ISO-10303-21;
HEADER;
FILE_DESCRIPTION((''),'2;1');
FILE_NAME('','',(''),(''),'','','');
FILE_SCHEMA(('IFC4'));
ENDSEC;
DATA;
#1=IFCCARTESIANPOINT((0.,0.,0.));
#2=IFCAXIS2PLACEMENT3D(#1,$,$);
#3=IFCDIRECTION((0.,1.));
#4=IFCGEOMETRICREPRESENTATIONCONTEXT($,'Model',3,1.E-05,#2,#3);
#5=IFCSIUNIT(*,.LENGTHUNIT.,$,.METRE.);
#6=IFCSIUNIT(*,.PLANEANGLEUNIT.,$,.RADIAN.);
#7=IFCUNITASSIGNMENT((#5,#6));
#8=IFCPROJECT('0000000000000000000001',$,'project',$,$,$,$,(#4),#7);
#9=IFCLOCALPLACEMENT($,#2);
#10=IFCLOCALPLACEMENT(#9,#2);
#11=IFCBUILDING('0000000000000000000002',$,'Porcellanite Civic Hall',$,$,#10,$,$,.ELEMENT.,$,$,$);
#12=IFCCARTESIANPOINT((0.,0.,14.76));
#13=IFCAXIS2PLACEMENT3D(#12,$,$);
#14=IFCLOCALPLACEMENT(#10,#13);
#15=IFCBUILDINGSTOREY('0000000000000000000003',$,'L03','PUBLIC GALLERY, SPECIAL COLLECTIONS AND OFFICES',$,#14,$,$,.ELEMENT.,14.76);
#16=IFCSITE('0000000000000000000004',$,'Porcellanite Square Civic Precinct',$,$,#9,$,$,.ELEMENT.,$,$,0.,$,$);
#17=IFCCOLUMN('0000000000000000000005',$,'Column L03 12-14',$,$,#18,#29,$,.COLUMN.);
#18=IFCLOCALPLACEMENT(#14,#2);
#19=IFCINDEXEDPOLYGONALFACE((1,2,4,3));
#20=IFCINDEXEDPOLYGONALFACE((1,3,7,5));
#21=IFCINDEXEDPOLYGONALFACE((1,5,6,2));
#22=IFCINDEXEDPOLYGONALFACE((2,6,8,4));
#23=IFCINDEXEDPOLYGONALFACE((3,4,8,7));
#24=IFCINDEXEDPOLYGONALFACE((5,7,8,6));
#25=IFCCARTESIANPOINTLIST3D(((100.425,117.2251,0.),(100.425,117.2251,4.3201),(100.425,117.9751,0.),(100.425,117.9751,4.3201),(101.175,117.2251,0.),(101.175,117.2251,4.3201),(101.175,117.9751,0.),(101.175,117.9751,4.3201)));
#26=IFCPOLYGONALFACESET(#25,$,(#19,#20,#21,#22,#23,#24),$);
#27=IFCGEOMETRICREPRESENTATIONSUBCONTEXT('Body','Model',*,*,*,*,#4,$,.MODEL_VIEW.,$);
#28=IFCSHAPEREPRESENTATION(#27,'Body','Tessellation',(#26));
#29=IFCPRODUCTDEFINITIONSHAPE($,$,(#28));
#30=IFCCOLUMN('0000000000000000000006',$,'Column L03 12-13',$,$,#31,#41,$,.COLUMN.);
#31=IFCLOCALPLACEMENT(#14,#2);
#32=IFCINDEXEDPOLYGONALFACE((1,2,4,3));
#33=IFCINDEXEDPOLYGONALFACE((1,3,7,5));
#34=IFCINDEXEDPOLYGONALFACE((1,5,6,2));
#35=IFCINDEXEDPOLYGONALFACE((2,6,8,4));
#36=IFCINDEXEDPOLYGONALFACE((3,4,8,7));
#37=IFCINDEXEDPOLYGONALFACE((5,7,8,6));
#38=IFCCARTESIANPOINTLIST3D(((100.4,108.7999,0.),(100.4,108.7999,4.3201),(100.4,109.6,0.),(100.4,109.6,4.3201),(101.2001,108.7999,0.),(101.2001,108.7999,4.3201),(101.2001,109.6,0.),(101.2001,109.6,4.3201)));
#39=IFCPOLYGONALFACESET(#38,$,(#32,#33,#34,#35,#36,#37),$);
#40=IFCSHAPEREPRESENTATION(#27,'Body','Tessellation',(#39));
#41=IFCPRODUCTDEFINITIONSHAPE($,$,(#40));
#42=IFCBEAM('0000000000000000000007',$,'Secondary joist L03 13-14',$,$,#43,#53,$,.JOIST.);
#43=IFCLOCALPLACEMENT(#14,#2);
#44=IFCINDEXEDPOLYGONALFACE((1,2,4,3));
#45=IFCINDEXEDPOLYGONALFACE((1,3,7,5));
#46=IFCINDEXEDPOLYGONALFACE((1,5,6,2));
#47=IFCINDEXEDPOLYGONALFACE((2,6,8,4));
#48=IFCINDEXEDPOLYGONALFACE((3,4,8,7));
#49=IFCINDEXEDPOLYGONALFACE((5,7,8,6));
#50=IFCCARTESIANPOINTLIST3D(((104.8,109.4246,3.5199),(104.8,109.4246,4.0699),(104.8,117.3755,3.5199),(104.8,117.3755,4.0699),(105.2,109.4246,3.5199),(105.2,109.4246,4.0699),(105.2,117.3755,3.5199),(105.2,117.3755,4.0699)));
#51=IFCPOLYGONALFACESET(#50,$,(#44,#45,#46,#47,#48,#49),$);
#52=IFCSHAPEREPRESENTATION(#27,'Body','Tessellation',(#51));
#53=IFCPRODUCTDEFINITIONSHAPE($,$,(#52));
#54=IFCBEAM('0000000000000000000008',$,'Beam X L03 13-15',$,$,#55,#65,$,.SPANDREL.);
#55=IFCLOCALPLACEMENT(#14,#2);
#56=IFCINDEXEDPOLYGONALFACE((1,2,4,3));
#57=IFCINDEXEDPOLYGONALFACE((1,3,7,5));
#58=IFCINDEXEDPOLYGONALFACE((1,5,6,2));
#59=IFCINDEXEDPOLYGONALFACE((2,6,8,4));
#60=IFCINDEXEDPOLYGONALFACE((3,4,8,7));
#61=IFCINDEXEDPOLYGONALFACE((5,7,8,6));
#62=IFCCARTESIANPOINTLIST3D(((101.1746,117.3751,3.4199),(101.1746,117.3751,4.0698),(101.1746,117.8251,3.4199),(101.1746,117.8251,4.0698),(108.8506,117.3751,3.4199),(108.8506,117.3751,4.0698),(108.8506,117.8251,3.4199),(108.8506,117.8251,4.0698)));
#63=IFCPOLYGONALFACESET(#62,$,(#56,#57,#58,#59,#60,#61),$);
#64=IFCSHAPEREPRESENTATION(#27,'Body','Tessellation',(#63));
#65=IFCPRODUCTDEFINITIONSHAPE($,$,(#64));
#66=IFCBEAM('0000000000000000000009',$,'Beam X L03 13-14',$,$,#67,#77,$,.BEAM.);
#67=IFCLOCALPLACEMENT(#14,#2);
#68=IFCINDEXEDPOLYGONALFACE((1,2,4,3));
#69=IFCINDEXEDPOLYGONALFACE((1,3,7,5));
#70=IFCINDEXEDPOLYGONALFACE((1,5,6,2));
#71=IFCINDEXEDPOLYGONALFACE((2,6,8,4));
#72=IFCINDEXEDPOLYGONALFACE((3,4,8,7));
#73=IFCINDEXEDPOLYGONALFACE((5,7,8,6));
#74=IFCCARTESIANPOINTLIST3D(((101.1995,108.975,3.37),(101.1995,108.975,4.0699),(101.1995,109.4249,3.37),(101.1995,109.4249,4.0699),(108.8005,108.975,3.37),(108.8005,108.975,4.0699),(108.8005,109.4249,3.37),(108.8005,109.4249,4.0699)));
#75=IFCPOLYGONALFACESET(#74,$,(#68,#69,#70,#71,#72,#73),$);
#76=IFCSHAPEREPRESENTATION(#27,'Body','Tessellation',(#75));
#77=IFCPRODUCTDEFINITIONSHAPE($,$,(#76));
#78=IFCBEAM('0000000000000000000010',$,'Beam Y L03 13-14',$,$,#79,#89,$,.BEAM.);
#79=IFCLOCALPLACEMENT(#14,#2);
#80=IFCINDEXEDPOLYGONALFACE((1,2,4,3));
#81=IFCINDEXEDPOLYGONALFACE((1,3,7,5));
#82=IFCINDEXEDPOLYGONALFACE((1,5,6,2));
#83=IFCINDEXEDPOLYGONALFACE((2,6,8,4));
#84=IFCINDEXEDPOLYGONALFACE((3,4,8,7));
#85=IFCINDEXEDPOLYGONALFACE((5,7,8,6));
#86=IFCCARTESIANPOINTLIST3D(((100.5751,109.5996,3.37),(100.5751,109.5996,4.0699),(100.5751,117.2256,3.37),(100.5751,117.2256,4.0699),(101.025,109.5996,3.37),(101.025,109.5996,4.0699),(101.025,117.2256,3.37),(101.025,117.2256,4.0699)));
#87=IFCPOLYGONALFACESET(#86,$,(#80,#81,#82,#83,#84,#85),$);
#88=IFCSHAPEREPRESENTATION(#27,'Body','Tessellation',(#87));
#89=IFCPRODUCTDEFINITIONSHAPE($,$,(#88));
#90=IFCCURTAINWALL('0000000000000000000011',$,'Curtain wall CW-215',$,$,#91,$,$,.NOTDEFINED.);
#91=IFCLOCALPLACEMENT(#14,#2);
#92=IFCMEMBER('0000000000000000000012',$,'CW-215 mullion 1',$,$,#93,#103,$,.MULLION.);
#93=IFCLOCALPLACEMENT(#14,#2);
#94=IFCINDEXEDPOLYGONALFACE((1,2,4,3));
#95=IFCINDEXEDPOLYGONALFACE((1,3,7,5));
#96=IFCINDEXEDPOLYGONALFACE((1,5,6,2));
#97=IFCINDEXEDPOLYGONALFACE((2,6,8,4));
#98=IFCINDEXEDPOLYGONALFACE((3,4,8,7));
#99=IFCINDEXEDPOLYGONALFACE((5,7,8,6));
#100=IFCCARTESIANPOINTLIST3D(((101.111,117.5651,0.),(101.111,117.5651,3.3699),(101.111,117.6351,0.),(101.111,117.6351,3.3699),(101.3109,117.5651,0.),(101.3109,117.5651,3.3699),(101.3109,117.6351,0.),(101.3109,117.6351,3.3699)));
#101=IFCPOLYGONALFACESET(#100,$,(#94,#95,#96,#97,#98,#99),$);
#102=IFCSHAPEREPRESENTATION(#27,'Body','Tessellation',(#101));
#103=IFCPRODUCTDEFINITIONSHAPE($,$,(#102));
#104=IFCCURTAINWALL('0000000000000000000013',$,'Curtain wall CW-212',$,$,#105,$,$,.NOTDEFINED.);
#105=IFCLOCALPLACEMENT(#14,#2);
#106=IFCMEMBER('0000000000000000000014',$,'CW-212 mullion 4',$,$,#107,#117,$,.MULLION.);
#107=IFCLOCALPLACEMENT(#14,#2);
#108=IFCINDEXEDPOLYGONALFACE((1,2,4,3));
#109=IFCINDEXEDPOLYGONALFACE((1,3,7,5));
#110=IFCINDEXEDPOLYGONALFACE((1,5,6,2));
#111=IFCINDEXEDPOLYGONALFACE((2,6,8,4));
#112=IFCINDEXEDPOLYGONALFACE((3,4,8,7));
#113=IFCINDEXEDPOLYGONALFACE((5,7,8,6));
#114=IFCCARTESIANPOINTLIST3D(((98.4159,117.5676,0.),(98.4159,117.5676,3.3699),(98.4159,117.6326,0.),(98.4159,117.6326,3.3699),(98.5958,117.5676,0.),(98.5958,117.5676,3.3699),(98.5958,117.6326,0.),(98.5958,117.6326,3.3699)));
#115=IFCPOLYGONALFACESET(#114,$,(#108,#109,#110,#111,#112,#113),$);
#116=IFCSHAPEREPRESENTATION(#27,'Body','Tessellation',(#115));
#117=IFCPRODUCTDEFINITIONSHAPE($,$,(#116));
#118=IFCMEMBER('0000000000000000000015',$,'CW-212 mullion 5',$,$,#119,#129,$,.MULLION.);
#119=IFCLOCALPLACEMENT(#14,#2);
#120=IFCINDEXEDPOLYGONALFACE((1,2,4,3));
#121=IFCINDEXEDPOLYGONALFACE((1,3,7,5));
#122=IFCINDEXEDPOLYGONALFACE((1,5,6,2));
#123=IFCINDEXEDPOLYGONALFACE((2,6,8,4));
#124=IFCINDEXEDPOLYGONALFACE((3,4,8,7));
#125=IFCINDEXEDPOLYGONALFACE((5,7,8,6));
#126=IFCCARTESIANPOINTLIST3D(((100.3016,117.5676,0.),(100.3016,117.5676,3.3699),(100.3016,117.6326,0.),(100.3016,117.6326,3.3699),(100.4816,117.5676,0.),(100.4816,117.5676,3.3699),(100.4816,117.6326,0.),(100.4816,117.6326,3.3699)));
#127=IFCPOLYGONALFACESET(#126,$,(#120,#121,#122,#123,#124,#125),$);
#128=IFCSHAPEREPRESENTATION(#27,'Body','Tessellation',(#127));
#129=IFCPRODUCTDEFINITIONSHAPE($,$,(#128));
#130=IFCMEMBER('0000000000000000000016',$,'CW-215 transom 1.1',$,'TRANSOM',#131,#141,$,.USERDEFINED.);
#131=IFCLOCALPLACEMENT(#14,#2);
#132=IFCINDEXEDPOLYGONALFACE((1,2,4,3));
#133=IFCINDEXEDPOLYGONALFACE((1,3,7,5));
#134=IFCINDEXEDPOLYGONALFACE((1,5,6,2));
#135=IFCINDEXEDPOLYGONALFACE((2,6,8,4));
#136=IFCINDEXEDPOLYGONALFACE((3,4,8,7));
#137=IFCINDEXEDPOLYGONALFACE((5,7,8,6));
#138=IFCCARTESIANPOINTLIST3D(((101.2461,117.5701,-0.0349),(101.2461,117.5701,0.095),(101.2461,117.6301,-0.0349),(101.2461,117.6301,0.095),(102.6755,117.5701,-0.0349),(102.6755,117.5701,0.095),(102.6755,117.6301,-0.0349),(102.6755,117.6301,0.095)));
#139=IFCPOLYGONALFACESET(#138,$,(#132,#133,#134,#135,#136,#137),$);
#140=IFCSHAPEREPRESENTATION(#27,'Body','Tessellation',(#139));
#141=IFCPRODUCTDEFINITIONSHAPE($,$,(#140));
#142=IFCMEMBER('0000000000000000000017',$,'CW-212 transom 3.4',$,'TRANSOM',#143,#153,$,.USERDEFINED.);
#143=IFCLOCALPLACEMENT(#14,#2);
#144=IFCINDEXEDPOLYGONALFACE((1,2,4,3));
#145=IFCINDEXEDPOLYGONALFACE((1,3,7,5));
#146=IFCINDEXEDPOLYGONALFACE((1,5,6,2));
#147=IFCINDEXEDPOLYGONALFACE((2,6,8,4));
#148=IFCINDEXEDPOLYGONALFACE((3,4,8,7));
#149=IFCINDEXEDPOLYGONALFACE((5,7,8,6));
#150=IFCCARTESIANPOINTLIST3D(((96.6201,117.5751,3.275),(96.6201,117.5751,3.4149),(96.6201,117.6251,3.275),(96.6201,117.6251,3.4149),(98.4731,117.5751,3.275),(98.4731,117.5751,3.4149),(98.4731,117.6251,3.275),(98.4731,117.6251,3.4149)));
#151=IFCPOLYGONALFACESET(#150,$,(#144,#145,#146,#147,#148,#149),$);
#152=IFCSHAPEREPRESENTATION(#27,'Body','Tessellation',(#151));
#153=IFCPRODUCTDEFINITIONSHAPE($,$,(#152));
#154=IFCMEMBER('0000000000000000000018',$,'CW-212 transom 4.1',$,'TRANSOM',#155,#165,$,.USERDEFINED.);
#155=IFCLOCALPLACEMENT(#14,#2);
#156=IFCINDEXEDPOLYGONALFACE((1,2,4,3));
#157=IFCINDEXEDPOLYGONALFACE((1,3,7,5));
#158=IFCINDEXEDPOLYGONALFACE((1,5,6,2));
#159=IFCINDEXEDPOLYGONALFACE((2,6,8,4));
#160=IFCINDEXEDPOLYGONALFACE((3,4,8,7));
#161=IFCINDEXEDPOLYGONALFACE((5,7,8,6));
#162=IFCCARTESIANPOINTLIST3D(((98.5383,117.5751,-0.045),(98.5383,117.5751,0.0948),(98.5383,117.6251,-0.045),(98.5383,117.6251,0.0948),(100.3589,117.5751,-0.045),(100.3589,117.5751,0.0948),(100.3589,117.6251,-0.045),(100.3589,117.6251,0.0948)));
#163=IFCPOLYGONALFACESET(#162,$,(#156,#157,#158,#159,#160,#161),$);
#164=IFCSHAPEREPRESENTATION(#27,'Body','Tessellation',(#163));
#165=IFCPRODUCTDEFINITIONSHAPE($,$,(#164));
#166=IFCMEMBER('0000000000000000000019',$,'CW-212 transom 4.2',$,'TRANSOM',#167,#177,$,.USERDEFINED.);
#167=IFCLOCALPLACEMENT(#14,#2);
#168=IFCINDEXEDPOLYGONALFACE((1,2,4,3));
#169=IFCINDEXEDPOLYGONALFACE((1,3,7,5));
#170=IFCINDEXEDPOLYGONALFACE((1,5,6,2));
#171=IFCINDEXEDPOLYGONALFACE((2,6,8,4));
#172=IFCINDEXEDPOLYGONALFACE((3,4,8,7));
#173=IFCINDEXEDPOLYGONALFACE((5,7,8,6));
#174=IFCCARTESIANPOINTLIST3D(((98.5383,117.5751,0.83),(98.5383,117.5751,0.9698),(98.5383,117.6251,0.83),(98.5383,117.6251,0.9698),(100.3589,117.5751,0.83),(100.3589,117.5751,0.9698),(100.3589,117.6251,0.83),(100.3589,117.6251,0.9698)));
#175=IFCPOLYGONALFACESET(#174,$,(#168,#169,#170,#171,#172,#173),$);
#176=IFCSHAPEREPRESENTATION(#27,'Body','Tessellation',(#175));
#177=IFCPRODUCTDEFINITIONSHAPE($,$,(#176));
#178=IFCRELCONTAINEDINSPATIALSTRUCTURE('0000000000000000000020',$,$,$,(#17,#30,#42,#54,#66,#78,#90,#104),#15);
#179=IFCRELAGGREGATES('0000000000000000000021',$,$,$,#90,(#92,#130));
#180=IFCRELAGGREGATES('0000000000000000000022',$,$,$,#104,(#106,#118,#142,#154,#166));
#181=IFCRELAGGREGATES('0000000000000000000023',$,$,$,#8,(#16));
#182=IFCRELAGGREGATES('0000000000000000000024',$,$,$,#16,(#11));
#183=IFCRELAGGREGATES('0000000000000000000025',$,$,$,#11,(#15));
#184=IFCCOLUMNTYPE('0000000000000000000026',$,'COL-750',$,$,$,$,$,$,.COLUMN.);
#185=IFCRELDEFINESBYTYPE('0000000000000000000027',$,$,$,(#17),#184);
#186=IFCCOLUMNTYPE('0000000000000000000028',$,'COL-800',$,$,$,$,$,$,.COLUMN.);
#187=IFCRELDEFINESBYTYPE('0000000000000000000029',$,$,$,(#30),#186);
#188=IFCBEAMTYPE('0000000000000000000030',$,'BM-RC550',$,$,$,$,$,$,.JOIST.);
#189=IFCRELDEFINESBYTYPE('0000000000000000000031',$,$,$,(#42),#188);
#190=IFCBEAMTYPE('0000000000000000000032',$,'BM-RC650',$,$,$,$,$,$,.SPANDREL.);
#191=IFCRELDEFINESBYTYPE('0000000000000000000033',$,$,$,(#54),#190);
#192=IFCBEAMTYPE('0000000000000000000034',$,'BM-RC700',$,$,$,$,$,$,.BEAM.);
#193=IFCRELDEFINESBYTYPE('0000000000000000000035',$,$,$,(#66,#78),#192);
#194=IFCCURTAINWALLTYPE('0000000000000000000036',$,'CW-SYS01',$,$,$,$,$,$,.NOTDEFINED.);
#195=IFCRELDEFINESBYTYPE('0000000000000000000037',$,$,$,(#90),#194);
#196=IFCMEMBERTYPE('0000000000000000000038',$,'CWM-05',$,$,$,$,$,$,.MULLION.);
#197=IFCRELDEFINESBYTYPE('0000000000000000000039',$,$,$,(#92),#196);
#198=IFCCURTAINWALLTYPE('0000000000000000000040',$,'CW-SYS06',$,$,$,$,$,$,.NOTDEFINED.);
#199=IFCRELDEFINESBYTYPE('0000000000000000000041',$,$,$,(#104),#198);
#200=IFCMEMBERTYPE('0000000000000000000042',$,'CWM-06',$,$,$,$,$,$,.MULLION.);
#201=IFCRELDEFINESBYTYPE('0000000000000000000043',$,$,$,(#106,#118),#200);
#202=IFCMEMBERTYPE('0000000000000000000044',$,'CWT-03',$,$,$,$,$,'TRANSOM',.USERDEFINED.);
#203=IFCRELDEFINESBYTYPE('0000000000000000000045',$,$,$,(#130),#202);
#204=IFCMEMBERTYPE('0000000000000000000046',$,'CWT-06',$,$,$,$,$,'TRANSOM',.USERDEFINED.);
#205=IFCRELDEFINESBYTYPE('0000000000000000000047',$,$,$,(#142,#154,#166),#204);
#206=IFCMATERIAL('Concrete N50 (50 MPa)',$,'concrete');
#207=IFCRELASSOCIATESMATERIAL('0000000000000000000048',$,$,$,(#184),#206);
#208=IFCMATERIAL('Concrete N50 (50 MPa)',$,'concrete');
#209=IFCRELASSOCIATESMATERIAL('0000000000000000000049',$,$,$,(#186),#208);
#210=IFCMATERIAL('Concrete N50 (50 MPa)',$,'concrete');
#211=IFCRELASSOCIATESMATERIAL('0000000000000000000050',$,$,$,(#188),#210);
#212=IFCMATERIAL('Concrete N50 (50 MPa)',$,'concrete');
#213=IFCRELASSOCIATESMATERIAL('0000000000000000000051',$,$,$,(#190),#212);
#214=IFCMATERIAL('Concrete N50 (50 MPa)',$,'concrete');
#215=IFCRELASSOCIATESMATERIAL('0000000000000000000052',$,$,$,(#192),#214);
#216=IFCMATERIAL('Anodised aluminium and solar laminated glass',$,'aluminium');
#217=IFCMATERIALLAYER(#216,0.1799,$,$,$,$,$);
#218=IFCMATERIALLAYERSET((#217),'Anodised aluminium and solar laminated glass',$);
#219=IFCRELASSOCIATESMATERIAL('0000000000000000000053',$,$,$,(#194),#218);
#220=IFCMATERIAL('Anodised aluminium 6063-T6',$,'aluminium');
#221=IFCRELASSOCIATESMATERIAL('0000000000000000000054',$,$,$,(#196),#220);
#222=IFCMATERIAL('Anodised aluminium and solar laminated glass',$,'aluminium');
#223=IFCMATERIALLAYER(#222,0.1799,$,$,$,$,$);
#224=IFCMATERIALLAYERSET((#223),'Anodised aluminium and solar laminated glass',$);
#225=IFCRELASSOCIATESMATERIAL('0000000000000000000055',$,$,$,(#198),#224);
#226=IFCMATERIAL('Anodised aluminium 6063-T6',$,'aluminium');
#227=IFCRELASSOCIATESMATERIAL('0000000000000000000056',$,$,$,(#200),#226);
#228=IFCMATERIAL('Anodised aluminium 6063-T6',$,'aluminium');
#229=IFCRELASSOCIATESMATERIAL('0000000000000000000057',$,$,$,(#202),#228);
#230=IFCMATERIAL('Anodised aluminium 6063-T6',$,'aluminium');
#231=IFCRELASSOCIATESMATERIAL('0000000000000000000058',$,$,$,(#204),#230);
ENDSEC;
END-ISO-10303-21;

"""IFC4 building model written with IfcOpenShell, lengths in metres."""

from ifc_helpers import new_model, si_unit, direction, frame, origin, origin_2d, place, context, subcontext, project, spatial, rectangle, extrude, material, layer, layer_set, material_profile, profile_set, type_object, element, aggregate, save


model = new_model("IFC4")

# Units and contexts
model_context = context("Model", 3, precision=1e-05, world=origin(), true_north=direction((0.0, 1.0)))
body_context = subcontext(model_context, "Body", "Model", "MODEL_VIEW")
ifc_project = project(units=[si_unit("LENGTHUNIT", "METRE"), si_unit("PLANEANGLEUNIT", "RADIAN")], contexts=[model_context])

# Site, building, storey
site_placement = place(None, origin())
site = spatial("IfcSite", under=ifc_project, at=site_placement, Name="Porcellanite Square Civic Precinct", CompositionType="ELEMENT", RefElevation=0.0)
building_placement = place(site_placement, origin())
building = spatial("IfcBuilding", under=site, at=building_placement, Name="Porcellanite Civic Hall", CompositionType="ELEMENT")
storey_placement = place(building_placement, frame((0.0, 0.0, 14.76)))
storey = spatial("IfcBuildingStorey", under=building, at=storey_placement, Name="L03", Description="PUBLIC GALLERY, SPECIAL COLLECTIONS AND OFFICES", CompositionType="ELEMENT", Elevation=14.76)

# Columns
ifc_material_1 = material(Name="Concrete N50 (50 MPa)", Category="concrete")
ifc_material_profile_1 = material_profile(ifc_material_1, rectangle(XDim=0.75, YDim=0.75, at=origin_2d()), Name="RC-750x750")
ifc_profile_set_1 = profile_set([ifc_material_profile_1], Name="Concrete N50 (50 MPa)")
column_type_1 = type_object("IfcColumnType", Name="COL-750", PredefinedType="COLUMN", material=ifc_profile_set_1)
column_1_placement = place(storey_placement, frame((100.8, 117.6001, 0.0), z_axis=(0.0, 0.0, 1.0), x_axis=(1.0, 0.0, 0.0)))
element("IfcColumn", 1, at=column_1_placement, inside=storey, type_object=column_type_1, Name="Column L03 12-14", PredefinedType="COLUMN", context=body_context, shape_type="SweptSolid", body=[
    extrude(rectangle(XDim=0.75, YDim=0.75, at=origin_2d()), origin(), (0.0, 0.0, 1.0), 4.3201),
])
ifc_material_2 = material(Name="Concrete N50 (50 MPa)", Category="concrete")
ifc_material_profile_2 = material_profile(ifc_material_2, rectangle(XDim=0.8, YDim=0.8, at=origin_2d()), Name="RC-800x800")
ifc_profile_set_2 = profile_set([ifc_material_profile_2], Name="Concrete N50 (50 MPa)")
column_type_2 = type_object("IfcColumnType", Name="COL-800", PredefinedType="COLUMN", material=ifc_profile_set_2)
column_2_placement = place(storey_placement, frame((100.8, 109.2, 0.0), z_axis=(0.0, 0.0, 1.0), x_axis=(1.0, 0.0, 0.0)))
element("IfcColumn", 2, at=column_2_placement, inside=storey, type_object=column_type_2, Name="Column L03 12-13", PredefinedType="COLUMN", context=body_context, shape_type="SweptSolid", body=[
    extrude(rectangle(XDim=0.8, YDim=0.8, at=origin_2d()), origin(), (0.0, 0.0, 1.0), 4.3201),
])

# Beams
ifc_material_3 = material(Name="Concrete N50 (50 MPa)", Category="concrete")
ifc_material_profile_3 = material_profile(ifc_material_3, rectangle(XDim=0.3999, YDim=0.55, at=origin_2d()), Name="RC-400x550")
ifc_profile_set_3 = profile_set([ifc_material_profile_3], Name="Concrete N50 (50 MPa)")
beam_type_1 = type_object("IfcBeamType", Name="BM-RC550", PredefinedType="JOIST", material=ifc_profile_set_3)
beam_1_placement = place(storey_placement, frame((105.0, 109.4246, 3.7949), z_axis=(0.0, 1.0, 0.0), x_axis=(-1.0, 0.0, 0.0)))
element("IfcBeam", 3, at=beam_1_placement, inside=storey, type_object=beam_type_1, Name="Secondary joist L03 13-14", PredefinedType="JOIST", context=body_context, shape_type="SweptSolid", body=[
    extrude(rectangle(XDim=0.3999, YDim=0.55, at=origin_2d()), origin(), (0.0, 0.0, 1.0), 7.9509),
])
ifc_material_4 = material(Name="Concrete N50 (50 MPa)", Category="concrete")
ifc_material_profile_4 = material_profile(ifc_material_4, rectangle(XDim=0.45, YDim=0.6499, at=origin_2d()), Name="RC-450x650")
ifc_profile_set_4 = profile_set([ifc_material_profile_4], Name="Concrete N50 (50 MPa)")
beam_type_2 = type_object("IfcBeamType", Name="BM-RC650", PredefinedType="SPANDREL", material=ifc_profile_set_4)
beam_2_placement = place(storey_placement, frame((101.1746, 117.6001, 3.7449), z_axis=(1.0, 0.0, 0.0), x_axis=(0.0, 1.0, 0.0)))
element("IfcBeam", 4, at=beam_2_placement, inside=storey, type_object=beam_type_2, Name="Beam X L03 13-15", PredefinedType="SPANDREL", context=body_context, shape_type="SweptSolid", body=[
    extrude(rectangle(XDim=0.45, YDim=0.6499, at=origin_2d()), origin(), (0.0, 0.0, 1.0), 7.676),
])
ifc_material_5 = material(Name="Concrete N50 (50 MPa)", Category="concrete")
ifc_material_profile_5 = material_profile(ifc_material_5, rectangle(XDim=0.45, YDim=0.7, at=origin_2d()), Name="RC-450x700")
ifc_profile_set_5 = profile_set([ifc_material_profile_5], Name="Concrete N50 (50 MPa)")
beam_type_3 = type_object("IfcBeamType", Name="BM-RC700", PredefinedType="BEAM", material=ifc_profile_set_5)
beam_3_placement = place(storey_placement, frame((101.1995, 109.2, 3.72), z_axis=(1.0, 0.0, 0.0), x_axis=(0.0, 1.0, 0.0)))
element("IfcBeam", 5, at=beam_3_placement, inside=storey, type_object=beam_type_3, Name="Beam X L03 13-14", PredefinedType="BEAM", context=body_context, shape_type="SweptSolid", body=[
    extrude(rectangle(XDim=0.45, YDim=0.7, at=origin_2d()), origin(), (0.0, 0.0, 1.0), 7.6011),
])
beam_4_placement = place(storey_placement, frame((100.8, 109.5996, 3.72), z_axis=(0.0, 1.0, 0.0), x_axis=(-1.0, 0.0, 0.0)))
element("IfcBeam", 6, at=beam_4_placement, inside=storey, type_object=beam_type_3, Name="Beam Y L03 13-14", PredefinedType="BEAM", context=body_context, shape_type="SweptSolid", body=[
    extrude(rectangle(XDim=0.45, YDim=0.7, at=origin_2d()), origin(), (0.0, 0.0, 1.0), 7.626),
])

# Curtain wall, member
ifc_material_6 = material(Name="Anodised aluminium and solar laminated glass", Category="aluminium")
ifc_layer_1 = layer(ifc_material_6, 0.1799)
ifc_layer_set_1 = layer_set([ifc_layer_1], Name="Anodised aluminium and solar laminated glass")
curtain_wall_type_1 = type_object("IfcCurtainWallType", Name="CW-SYS01", PredefinedType="NOTDEFINED", material=ifc_layer_set_1)
curtain_wall_1_placement = place(storey_placement, origin())
curtain_wall_1 = element("IfcCurtainWall", 7, at=curtain_wall_1_placement, inside=storey, type_object=curtain_wall_type_1, Name="Curtain wall CW-215", PredefinedType="NOTDEFINED")
ifc_material_7 = material(Name="Anodised aluminium 6063-T6", Category="aluminium")
ifc_material_profile_6 = material_profile(ifc_material_7, rectangle(XDim=0.0701, YDim=0.2, at=origin_2d()), Name="AL-70x200")
ifc_profile_set_6 = profile_set([ifc_material_profile_6], Name="Anodised aluminium 6063-T6")
member_type_1 = type_object("IfcMemberType", Name="CWM-05", PredefinedType="MULLION", material=ifc_profile_set_6)
member_1_placement = place(storey_placement, frame((101.2109, 117.6001, 0.0), z_axis=(0.0, 0.0, 1.0), x_axis=(0.0, 1.0, 0.0)))
member_1 = element("IfcMember", 8, at=member_1_placement, type_object=member_type_1, Name="CW-215 mullion 1", PredefinedType="MULLION", context=body_context, shape_type="SweptSolid", body=[
    extrude(rectangle(XDim=0.0701, YDim=0.2, at=origin_2d()), origin(), (0.0, 0.0, 1.0), 3.3699),
])

# Curtain wall, members
ifc_material_8 = material(Name="Anodised aluminium and solar laminated glass", Category="aluminium")
ifc_layer_2 = layer(ifc_material_8, 0.1799)
ifc_layer_set_2 = layer_set([ifc_layer_2], Name="Anodised aluminium and solar laminated glass")
curtain_wall_type_2 = type_object("IfcCurtainWallType", Name="CW-SYS06", PredefinedType="NOTDEFINED", material=ifc_layer_set_2)
curtain_wall_2_placement = place(storey_placement, origin())
curtain_wall_2 = element("IfcCurtainWall", 9, at=curtain_wall_2_placement, inside=storey, type_object=curtain_wall_type_2, Name="Curtain wall CW-212", PredefinedType="NOTDEFINED")
ifc_material_9 = material(Name="Anodised aluminium 6063-T6", Category="aluminium")
ifc_material_profile_7 = material_profile(ifc_material_9, rectangle(XDim=0.0649, YDim=0.1799, at=origin_2d()), Name="AL-65x180")
ifc_profile_set_7 = profile_set([ifc_material_profile_7], Name="Anodised aluminium 6063-T6")
member_type_2 = type_object("IfcMemberType", Name="CWM-06", PredefinedType="MULLION", material=ifc_profile_set_7)
member_2_placement = place(storey_placement, frame((98.5059, 117.6001, 0.0), z_axis=(0.0, 0.0, 1.0), x_axis=(0.0, 1.0, 0.0)))
member_2 = element("IfcMember", 10, at=member_2_placement, type_object=member_type_2, Name="CW-212 mullion 4", PredefinedType="MULLION", context=body_context, shape_type="SweptSolid", body=[
    extrude(rectangle(XDim=0.0649, YDim=0.1799, at=origin_2d()), origin(), (0.0, 0.0, 1.0), 3.3699),
])
member_3_placement = place(storey_placement, frame((100.3916, 117.6001, 0.0), z_axis=(0.0, 0.0, 1.0), x_axis=(0.0, 1.0, 0.0)))
member_3 = element("IfcMember", 11, at=member_3_placement, type_object=member_type_2, Name="CW-212 mullion 5", PredefinedType="MULLION", context=body_context, shape_type="SweptSolid", body=[
    extrude(rectangle(XDim=0.0649, YDim=0.1799, at=origin_2d()), origin(), (0.0, 0.0, 1.0), 3.3699),
])

# Members
ifc_material_10 = material(Name="Anodised aluminium 6063-T6", Category="aluminium")
ifc_material_profile_8 = material_profile(ifc_material_10, rectangle(XDim=0.0601, YDim=0.1299, at=origin_2d()), Name="AL-60x130")
ifc_profile_set_8 = profile_set([ifc_material_profile_8], Name="Anodised aluminium 6063-T6")
member_type_3 = type_object("IfcMemberType", Name="CWT-03", ElementType="TRANSOM", PredefinedType="USERDEFINED", material=ifc_profile_set_8)
member_4_placement = place(storey_placement, frame((101.2461, 117.6001, 0.03), z_axis=(1.0, 0.0, 0.0), x_axis=(0.0, 1.0, 0.0)))
member_4 = element("IfcMember", 12, at=member_4_placement, type_object=member_type_3, Name="CW-215 transom 1.1", ObjectType="TRANSOM", PredefinedType="USERDEFINED", context=body_context, shape_type="SweptSolid", body=[
    extrude(rectangle(XDim=0.0601, YDim=0.1299, at=origin_2d()), origin(), (0.0, 0.0, 1.0), 1.4294),
])
aggregate(curtain_wall_1, [member_1, member_4])
ifc_material_11 = material(Name="Anodised aluminium 6063-T6", Category="aluminium")
ifc_material_profile_9 = material_profile(ifc_material_11, rectangle(XDim=0.05, YDim=0.1399, at=origin_2d()), Name="AL-50x140")
ifc_profile_set_9 = profile_set([ifc_material_profile_9], Name="Anodised aluminium 6063-T6")
member_type_4 = type_object("IfcMemberType", Name="CWT-06", ElementType="TRANSOM", PredefinedType="USERDEFINED", material=ifc_profile_set_9)
member_5_placement = place(storey_placement, frame((96.6201, 117.6001, 3.345), z_axis=(1.0, 0.0, 0.0), x_axis=(0.0, 1.0, 0.0)))
member_5 = element("IfcMember", 13, at=member_5_placement, type_object=member_type_4, Name="CW-212 transom 3.4", ObjectType="TRANSOM", PredefinedType="USERDEFINED", context=body_context, shape_type="SweptSolid", body=[
    extrude(rectangle(XDim=0.05, YDim=0.1399, at=origin_2d()), origin(), (0.0, 0.0, 1.0), 1.853),
])
member_6_placement = place(storey_placement, frame((98.5383, 117.6001, 0.0249), z_axis=(1.0, 0.0, 0.0), x_axis=(0.0, 1.0, 0.0)))
member_6 = element("IfcMember", 14, at=member_6_placement, type_object=member_type_4, Name="CW-212 transom 4.1", ObjectType="TRANSOM", PredefinedType="USERDEFINED", context=body_context, shape_type="SweptSolid", body=[
    extrude(rectangle(XDim=0.05, YDim=0.1399, at=origin_2d()), origin(), (0.0, 0.0, 1.0), 1.8206),
])
member_7_placement = place(storey_placement, frame((98.5383, 117.6001, 0.8999), z_axis=(1.0, 0.0, 0.0), x_axis=(0.0, 1.0, 0.0)))
member_7 = element("IfcMember", 15, at=member_7_placement, type_object=member_type_4, Name="CW-212 transom 4.2", ObjectType="TRANSOM", PredefinedType="USERDEFINED", context=body_context, shape_type="SweptSolid", body=[
    extrude(rectangle(XDim=0.05, YDim=0.1399, at=origin_2d()), origin(), (0.0, 0.0, 1.0), 1.8206),
])

aggregate(curtain_wall_2, [member_2, member_3, member_5, member_6, member_7])

save(model, "model.ifc")
